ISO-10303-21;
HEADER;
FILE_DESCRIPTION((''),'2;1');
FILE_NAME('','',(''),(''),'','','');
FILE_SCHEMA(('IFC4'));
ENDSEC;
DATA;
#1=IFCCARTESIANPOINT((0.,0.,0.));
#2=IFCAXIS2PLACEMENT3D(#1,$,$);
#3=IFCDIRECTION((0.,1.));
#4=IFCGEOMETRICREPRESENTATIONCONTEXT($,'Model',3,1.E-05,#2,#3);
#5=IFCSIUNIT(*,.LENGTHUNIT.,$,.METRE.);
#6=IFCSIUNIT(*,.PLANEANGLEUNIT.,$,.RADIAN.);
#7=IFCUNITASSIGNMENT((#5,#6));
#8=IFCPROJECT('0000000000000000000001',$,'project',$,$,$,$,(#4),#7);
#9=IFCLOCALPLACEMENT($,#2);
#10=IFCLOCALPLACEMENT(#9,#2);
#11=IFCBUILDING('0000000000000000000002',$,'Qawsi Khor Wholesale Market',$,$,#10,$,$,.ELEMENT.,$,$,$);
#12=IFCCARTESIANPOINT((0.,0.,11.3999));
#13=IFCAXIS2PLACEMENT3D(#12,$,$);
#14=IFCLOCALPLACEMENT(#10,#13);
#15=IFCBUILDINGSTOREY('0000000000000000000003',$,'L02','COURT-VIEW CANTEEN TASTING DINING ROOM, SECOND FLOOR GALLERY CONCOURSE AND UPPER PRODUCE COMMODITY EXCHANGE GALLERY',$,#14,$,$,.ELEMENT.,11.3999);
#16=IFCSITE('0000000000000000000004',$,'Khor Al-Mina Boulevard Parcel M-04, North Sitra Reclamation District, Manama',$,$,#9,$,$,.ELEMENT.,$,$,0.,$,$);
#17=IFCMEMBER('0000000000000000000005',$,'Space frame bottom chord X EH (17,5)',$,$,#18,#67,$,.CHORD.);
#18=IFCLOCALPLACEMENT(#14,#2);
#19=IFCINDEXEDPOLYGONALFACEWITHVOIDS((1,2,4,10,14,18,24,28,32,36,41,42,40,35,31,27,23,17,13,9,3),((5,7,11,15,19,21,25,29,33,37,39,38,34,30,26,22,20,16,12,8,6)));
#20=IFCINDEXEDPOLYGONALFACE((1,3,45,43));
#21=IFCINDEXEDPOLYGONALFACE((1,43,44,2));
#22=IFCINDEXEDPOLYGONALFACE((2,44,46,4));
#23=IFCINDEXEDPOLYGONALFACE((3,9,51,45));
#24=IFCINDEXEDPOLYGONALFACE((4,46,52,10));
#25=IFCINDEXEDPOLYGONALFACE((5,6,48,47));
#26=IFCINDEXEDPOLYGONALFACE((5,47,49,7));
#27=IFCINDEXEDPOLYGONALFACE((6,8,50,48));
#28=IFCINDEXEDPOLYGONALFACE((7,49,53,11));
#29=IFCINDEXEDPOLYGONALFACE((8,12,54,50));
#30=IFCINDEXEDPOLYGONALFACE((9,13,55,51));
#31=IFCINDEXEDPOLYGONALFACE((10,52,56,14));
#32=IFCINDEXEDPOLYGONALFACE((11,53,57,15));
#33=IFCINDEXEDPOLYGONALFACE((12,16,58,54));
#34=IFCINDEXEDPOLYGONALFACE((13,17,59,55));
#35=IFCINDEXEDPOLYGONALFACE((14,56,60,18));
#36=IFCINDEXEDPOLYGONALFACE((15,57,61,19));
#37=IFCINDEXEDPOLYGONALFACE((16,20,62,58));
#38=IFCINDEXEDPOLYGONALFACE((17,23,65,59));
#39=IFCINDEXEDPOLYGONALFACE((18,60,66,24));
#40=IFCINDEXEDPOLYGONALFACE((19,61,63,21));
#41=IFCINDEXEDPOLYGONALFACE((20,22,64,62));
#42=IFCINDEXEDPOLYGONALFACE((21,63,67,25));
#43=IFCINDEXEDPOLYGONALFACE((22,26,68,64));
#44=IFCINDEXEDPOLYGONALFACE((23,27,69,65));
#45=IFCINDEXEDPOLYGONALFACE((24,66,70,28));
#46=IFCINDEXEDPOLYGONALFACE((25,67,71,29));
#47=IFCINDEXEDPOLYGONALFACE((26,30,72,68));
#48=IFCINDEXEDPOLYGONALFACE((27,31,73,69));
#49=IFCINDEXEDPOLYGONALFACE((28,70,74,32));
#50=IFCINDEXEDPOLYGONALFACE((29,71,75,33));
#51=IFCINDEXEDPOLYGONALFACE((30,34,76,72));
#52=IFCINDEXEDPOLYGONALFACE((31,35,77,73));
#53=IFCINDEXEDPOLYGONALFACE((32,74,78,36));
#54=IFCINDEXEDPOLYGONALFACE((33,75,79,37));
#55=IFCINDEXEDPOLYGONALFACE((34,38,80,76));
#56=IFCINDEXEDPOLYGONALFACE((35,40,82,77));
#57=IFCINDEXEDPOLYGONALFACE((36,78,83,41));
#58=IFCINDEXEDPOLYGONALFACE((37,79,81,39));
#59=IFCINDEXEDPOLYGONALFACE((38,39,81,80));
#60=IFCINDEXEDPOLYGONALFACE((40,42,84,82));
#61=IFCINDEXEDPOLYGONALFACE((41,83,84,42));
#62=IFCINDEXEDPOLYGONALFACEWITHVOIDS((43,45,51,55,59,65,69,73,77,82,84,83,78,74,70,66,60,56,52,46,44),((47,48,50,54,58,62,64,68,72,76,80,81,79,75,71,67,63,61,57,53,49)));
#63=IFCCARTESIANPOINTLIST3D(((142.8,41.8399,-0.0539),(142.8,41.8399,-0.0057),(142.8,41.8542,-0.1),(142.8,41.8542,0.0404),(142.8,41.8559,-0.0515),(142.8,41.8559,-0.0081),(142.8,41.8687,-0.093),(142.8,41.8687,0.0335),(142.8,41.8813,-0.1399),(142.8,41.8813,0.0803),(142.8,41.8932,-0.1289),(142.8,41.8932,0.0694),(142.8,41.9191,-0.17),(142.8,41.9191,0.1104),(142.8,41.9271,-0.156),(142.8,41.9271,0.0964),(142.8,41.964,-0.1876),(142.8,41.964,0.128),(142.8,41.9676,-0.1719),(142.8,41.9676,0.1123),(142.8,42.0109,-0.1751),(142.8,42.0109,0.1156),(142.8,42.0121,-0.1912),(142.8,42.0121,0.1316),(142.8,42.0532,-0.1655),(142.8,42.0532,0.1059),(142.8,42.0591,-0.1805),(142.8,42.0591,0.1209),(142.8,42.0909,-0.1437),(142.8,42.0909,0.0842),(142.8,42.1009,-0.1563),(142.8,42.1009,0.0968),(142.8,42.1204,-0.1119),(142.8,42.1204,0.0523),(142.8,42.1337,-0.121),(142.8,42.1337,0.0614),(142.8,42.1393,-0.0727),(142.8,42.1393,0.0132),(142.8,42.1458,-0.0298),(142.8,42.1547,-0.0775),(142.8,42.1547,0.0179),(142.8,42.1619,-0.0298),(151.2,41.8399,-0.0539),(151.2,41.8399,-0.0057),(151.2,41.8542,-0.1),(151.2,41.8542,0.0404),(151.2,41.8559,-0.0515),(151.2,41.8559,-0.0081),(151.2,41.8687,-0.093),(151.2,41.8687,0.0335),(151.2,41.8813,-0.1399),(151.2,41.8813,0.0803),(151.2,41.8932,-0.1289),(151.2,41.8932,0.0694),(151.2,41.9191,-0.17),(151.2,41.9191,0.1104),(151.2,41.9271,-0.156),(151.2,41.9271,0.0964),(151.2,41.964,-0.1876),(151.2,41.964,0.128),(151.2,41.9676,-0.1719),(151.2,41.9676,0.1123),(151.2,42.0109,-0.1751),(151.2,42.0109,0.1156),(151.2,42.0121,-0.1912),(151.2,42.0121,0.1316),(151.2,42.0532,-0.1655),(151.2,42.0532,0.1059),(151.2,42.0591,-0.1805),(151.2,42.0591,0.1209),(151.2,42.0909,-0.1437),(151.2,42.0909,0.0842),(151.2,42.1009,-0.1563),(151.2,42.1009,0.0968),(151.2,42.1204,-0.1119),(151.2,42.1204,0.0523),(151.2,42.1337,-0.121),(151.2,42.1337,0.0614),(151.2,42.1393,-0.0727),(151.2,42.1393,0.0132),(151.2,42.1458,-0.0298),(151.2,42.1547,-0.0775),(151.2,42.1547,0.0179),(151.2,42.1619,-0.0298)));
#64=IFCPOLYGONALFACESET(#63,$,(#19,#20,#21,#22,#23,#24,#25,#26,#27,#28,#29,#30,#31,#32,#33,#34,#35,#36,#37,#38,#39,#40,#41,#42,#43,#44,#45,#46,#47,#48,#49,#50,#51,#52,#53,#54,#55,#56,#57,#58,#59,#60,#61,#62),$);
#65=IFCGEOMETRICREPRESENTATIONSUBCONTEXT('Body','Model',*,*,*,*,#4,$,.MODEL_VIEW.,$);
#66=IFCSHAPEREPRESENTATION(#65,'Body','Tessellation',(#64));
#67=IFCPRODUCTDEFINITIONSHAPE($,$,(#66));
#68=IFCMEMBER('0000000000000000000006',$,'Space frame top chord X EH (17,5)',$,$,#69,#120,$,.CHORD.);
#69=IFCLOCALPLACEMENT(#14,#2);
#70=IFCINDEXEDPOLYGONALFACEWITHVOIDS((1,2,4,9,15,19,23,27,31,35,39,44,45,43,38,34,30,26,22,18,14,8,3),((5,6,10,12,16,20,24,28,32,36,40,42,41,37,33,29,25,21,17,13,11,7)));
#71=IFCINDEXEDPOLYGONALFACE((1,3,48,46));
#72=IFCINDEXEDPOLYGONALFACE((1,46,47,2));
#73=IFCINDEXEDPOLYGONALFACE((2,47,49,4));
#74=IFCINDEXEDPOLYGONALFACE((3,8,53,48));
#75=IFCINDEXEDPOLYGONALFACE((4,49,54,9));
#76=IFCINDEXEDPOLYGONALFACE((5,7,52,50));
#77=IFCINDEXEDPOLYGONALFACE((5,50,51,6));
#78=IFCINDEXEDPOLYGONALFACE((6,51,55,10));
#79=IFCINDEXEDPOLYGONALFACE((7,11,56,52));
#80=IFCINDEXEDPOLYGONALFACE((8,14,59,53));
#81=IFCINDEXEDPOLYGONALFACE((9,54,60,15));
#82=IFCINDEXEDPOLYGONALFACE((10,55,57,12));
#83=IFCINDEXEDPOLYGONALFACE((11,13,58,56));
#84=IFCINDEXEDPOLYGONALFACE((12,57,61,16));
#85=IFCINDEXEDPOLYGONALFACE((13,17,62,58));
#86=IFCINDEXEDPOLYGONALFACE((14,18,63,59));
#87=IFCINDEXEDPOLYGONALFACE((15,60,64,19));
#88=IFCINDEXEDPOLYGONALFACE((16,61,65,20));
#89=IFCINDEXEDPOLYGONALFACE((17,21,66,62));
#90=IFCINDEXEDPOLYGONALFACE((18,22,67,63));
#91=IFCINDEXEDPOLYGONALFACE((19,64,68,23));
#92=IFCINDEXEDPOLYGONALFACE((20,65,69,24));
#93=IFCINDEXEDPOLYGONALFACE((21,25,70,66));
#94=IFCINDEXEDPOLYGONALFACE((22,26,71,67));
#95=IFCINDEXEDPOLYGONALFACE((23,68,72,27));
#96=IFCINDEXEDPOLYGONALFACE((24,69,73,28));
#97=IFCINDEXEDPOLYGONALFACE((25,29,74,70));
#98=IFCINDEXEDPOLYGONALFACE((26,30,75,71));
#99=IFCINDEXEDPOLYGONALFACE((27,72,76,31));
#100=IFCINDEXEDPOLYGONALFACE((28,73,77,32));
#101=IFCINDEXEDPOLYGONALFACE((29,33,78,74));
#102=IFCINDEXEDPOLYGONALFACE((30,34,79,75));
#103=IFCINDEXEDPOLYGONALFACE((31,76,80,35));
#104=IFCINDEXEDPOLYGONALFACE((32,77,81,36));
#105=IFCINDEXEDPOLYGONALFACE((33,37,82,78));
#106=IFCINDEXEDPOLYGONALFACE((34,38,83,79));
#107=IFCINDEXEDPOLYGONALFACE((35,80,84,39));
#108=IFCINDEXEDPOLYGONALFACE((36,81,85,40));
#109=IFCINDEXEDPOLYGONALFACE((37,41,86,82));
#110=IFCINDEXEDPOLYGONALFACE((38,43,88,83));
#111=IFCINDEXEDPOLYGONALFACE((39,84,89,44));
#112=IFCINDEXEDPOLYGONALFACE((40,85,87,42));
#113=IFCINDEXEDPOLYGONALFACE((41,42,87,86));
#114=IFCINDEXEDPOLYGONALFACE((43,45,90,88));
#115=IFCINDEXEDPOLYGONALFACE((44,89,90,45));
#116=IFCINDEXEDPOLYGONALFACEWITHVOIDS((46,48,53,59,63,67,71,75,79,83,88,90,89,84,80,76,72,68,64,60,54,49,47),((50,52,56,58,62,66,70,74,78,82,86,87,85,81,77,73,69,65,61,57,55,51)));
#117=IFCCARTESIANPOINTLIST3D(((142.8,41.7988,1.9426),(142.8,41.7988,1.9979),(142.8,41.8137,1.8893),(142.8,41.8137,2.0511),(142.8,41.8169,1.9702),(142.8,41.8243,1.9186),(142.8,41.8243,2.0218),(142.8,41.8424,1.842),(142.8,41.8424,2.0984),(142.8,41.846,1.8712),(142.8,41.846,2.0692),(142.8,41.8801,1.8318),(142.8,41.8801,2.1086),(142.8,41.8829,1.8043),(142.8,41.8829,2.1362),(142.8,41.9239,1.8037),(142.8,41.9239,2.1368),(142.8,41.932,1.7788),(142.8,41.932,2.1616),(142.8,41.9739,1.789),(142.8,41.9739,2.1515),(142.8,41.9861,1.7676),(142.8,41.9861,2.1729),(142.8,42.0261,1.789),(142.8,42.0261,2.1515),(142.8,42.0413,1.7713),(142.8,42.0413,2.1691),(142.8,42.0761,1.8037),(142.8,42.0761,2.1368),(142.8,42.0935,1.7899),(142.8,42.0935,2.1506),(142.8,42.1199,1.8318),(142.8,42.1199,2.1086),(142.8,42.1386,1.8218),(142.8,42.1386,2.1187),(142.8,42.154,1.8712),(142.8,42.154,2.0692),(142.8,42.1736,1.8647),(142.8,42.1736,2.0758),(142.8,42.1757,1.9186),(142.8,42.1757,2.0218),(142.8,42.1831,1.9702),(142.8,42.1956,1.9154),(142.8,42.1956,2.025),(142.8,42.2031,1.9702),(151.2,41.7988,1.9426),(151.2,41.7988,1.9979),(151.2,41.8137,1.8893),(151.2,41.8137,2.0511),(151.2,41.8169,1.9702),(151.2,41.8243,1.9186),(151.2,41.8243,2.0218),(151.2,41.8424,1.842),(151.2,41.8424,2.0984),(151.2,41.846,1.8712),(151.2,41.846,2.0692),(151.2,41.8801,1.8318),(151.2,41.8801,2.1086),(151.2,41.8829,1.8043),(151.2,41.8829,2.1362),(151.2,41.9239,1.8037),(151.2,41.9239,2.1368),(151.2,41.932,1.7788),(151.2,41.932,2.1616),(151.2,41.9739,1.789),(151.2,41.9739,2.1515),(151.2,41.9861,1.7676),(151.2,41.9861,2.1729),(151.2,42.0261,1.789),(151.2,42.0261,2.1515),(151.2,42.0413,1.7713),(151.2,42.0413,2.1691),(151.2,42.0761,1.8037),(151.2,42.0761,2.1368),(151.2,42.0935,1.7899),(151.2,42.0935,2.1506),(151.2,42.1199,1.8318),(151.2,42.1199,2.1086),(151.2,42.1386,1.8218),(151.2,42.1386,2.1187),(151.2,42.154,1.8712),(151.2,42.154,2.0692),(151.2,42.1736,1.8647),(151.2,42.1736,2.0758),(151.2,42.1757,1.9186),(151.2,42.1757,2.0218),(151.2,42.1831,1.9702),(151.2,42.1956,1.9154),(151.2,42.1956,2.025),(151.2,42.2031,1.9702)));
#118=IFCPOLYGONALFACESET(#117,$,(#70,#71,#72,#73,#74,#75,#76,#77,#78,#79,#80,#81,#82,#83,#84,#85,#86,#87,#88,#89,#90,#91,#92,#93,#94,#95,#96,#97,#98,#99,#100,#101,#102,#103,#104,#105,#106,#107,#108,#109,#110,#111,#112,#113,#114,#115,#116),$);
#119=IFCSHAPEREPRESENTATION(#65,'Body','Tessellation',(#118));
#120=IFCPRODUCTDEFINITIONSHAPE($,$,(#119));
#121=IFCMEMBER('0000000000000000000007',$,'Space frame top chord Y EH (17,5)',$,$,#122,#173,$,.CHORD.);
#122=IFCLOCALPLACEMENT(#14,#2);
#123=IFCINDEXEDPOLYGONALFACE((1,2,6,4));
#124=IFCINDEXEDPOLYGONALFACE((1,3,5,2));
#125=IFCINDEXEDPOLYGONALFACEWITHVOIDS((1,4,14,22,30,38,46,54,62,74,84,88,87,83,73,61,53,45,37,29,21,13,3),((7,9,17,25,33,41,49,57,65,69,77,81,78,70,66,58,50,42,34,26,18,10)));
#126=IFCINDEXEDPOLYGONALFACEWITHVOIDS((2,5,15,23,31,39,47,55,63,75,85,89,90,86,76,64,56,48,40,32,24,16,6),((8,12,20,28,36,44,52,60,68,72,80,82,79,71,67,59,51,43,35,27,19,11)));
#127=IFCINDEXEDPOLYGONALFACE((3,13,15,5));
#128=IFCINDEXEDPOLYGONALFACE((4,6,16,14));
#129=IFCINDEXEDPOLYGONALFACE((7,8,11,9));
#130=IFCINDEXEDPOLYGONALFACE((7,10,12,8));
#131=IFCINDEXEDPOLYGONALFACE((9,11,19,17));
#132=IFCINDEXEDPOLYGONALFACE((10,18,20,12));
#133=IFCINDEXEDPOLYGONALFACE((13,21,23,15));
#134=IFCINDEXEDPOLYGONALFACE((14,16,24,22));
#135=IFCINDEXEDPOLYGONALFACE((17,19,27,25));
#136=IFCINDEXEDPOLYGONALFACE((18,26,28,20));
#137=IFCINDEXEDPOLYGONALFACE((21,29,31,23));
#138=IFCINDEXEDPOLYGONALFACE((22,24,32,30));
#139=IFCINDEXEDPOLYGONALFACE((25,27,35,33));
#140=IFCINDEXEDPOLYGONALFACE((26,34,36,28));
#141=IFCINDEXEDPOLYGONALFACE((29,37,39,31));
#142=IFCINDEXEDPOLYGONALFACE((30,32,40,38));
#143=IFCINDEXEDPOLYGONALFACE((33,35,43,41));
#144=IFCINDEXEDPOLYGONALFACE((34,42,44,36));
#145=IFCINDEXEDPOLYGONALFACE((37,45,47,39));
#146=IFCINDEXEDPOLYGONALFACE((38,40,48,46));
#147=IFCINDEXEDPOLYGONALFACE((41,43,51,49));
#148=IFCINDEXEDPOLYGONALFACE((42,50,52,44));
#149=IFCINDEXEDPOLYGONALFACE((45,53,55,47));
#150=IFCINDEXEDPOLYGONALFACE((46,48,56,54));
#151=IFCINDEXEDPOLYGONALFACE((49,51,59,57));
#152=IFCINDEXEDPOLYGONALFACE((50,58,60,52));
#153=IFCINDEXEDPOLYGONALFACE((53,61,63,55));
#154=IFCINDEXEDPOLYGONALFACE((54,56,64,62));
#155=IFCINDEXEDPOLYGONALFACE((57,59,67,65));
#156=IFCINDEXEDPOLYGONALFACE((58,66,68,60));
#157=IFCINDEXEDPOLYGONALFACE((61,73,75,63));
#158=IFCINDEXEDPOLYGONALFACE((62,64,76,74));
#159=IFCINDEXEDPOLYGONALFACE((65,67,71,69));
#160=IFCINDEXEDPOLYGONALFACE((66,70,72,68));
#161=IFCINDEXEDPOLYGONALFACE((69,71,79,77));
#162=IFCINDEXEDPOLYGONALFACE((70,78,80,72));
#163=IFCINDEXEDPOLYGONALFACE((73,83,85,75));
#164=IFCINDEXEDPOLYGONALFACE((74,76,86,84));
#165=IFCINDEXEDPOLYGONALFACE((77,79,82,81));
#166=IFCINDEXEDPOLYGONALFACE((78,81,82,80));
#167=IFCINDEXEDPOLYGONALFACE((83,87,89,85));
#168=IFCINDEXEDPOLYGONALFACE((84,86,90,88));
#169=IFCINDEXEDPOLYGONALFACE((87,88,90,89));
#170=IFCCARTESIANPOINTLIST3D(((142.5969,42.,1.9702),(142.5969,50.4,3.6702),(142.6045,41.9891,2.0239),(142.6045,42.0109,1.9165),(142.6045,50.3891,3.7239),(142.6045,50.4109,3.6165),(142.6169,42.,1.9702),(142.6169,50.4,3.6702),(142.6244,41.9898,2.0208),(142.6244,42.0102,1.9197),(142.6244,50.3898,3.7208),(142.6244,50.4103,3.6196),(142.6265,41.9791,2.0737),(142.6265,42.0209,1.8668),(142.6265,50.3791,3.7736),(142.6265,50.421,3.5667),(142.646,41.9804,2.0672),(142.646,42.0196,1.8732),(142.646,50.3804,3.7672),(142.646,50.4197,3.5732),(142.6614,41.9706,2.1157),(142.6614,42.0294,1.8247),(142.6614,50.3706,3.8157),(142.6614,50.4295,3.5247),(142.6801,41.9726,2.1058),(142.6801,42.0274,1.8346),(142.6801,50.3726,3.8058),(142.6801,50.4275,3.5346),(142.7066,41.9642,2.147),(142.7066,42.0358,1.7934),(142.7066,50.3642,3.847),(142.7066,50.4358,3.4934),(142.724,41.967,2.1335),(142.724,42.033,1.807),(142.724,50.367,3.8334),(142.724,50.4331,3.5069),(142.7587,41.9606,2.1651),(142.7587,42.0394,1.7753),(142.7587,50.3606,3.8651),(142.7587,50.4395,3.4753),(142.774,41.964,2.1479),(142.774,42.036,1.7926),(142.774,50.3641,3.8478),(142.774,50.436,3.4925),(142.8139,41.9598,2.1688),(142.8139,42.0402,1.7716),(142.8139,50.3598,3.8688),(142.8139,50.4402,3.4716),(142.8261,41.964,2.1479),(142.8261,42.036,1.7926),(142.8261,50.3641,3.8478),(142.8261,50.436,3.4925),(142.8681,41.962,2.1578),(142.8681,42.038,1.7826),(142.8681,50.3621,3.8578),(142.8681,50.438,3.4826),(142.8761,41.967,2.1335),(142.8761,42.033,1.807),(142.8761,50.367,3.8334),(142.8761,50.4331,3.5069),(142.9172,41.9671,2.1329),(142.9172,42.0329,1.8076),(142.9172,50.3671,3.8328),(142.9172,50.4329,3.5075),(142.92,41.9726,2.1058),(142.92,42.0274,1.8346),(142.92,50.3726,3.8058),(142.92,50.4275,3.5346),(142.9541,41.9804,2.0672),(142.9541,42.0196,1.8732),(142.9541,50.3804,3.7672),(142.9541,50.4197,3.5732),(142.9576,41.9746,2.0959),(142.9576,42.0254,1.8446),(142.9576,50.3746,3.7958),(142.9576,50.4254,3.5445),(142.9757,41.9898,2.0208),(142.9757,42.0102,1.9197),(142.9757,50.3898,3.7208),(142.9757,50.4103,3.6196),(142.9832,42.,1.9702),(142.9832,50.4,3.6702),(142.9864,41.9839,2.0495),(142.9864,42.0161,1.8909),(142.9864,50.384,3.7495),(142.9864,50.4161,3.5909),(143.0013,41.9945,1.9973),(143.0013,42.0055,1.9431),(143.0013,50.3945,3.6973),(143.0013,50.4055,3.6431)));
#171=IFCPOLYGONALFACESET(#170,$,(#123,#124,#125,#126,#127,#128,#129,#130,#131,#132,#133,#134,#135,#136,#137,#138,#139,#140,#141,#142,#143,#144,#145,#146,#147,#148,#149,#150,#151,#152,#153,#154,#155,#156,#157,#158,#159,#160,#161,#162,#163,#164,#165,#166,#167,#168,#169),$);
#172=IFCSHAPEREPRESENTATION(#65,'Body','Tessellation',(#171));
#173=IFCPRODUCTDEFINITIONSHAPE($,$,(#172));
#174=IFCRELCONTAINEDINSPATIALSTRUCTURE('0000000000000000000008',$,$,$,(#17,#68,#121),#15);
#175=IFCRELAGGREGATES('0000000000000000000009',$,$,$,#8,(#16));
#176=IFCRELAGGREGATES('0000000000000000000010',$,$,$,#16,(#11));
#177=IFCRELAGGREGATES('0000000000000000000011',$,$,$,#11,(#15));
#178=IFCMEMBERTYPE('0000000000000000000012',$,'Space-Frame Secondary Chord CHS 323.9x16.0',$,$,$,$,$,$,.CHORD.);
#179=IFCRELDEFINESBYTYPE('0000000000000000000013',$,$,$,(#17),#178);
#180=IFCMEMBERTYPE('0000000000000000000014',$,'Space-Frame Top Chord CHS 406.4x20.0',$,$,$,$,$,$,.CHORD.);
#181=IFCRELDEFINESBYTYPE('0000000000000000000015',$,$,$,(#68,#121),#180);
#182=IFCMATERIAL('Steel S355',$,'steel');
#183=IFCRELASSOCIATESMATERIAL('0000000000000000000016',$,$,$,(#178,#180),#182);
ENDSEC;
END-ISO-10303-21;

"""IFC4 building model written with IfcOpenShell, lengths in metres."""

from ifc_helpers import new_model, si_unit, direction, frame, origin, origin_2d, place, context, subcontext, project, spatial, hollow_circle, extrude, material, material_profile, profile_set, type_object, element, save


model = new_model("IFC4")

# Units and contexts
model_context = context("Model", 3, precision=1e-05, world=origin(), true_north=direction((0.0, 1.0)))
body_context = subcontext(model_context, "Body", "Model", "MODEL_VIEW")
ifc_project = project(units=[si_unit("LENGTHUNIT", "METRE"), si_unit("PLANEANGLEUNIT", "RADIAN")], contexts=[model_context])

# Site, building, storey
site_placement = place(None, origin())
site = spatial("IfcSite", under=ifc_project, at=site_placement, Name="Khor Al-Mina Boulevard Parcel M-04, North Sitra Reclamation District, Manama", CompositionType="ELEMENT", RefElevation=0.0)
building_placement = place(site_placement, origin())
building = spatial("IfcBuilding", under=site, at=building_placement, Name="Qawsi Khor Wholesale Market", CompositionType="ELEMENT")
storey_placement = place(building_placement, frame((0.0, 0.0, 11.3999)))
storey = spatial("IfcBuildingStorey", under=building, at=storey_placement, Name="L02", Description="COURT-VIEW CANTEEN TASTING DINING ROOM, SECOND FLOOR GALLERY CONCOURSE AND UPPER PRODUCE COMMODITY EXCHANGE GALLERY", CompositionType="ELEMENT", Elevation=11.3999)

# Shared definitions
ifc_material_1 = material(Name="Steel S355", Category="steel")

# Members
ifc_material_profile_1 = material_profile(ifc_material_1, hollow_circle(Radius=0.1619, WallThickness=0.0161, at=origin_2d()), Name="CHS 323.9x16.0")
ifc_profile_set_1 = profile_set([ifc_material_profile_1], Name="Steel S355")
member_type_1 = type_object("IfcMemberType", Name="Space-Frame Secondary Chord CHS 323.9x16.0", PredefinedType="CHORD", material=ifc_profile_set_1)
member_1_placement = place(storey_placement, frame((142.8, 42.0, -0.0298), z_axis=(1.0, 0.0, 0.0), x_axis=(0.0, 1.0, 0.0)))
element("IfcMember", 1, at=member_1_placement, inside=storey, type_object=member_type_1, Name="Space frame bottom chord X EH (17,5)", PredefinedType="CHORD", context=body_context, shape_type="SweptSolid", body=[
    extrude(hollow_circle(Radius=0.1619, WallThickness=0.0161, at=origin_2d()), origin(), (0.0, 0.0, 1.0), 8.3999),
])
ifc_material_profile_2 = material_profile(ifc_material_1, hollow_circle(Radius=0.2031, WallThickness=0.02, at=origin_2d()), Name="CHS 406.4x20.0")
ifc_profile_set_2 = profile_set([ifc_material_profile_2], Name="Steel S355")
member_type_2 = type_object("IfcMemberType", Name="Space-Frame Top Chord CHS 406.4x20.0", PredefinedType="CHORD", material=ifc_profile_set_2)
member_2_placement = place(storey_placement, frame((142.8, 42.0, 1.9702), z_axis=(1.0, 0.0, 0.0), x_axis=(0.0, 1.0, 0.0)))
element("IfcMember", 2, at=member_2_placement, inside=storey, type_object=member_type_2, Name="Space frame top chord X EH (17,5)", PredefinedType="CHORD", context=body_context, shape_type="SweptSolid", body=[
    extrude(hollow_circle(Radius=0.2031, WallThickness=0.02, at=origin_2d()), origin(), (0.0, 0.0, 1.0), 8.3999),
])
member_3_placement = place(storey_placement, frame((142.8, 42.0, 1.9702), z_axis=(0.0, 0.98013, 0.198356), x_axis=(-1.0, 0.0, 0.0)))
element("IfcMember", 3, at=member_3_placement, inside=storey, type_object=member_type_2, Name="Space frame top chord Y EH (17,5)", PredefinedType="CHORD", context=body_context, shape_type="SweptSolid", body=[
    extrude(hollow_circle(Radius=0.2031, WallThickness=0.02, at=origin_2d()), origin(), (0.0, 0.0, 1.0), 8.5703),
])

save(model, "model.ifc")
